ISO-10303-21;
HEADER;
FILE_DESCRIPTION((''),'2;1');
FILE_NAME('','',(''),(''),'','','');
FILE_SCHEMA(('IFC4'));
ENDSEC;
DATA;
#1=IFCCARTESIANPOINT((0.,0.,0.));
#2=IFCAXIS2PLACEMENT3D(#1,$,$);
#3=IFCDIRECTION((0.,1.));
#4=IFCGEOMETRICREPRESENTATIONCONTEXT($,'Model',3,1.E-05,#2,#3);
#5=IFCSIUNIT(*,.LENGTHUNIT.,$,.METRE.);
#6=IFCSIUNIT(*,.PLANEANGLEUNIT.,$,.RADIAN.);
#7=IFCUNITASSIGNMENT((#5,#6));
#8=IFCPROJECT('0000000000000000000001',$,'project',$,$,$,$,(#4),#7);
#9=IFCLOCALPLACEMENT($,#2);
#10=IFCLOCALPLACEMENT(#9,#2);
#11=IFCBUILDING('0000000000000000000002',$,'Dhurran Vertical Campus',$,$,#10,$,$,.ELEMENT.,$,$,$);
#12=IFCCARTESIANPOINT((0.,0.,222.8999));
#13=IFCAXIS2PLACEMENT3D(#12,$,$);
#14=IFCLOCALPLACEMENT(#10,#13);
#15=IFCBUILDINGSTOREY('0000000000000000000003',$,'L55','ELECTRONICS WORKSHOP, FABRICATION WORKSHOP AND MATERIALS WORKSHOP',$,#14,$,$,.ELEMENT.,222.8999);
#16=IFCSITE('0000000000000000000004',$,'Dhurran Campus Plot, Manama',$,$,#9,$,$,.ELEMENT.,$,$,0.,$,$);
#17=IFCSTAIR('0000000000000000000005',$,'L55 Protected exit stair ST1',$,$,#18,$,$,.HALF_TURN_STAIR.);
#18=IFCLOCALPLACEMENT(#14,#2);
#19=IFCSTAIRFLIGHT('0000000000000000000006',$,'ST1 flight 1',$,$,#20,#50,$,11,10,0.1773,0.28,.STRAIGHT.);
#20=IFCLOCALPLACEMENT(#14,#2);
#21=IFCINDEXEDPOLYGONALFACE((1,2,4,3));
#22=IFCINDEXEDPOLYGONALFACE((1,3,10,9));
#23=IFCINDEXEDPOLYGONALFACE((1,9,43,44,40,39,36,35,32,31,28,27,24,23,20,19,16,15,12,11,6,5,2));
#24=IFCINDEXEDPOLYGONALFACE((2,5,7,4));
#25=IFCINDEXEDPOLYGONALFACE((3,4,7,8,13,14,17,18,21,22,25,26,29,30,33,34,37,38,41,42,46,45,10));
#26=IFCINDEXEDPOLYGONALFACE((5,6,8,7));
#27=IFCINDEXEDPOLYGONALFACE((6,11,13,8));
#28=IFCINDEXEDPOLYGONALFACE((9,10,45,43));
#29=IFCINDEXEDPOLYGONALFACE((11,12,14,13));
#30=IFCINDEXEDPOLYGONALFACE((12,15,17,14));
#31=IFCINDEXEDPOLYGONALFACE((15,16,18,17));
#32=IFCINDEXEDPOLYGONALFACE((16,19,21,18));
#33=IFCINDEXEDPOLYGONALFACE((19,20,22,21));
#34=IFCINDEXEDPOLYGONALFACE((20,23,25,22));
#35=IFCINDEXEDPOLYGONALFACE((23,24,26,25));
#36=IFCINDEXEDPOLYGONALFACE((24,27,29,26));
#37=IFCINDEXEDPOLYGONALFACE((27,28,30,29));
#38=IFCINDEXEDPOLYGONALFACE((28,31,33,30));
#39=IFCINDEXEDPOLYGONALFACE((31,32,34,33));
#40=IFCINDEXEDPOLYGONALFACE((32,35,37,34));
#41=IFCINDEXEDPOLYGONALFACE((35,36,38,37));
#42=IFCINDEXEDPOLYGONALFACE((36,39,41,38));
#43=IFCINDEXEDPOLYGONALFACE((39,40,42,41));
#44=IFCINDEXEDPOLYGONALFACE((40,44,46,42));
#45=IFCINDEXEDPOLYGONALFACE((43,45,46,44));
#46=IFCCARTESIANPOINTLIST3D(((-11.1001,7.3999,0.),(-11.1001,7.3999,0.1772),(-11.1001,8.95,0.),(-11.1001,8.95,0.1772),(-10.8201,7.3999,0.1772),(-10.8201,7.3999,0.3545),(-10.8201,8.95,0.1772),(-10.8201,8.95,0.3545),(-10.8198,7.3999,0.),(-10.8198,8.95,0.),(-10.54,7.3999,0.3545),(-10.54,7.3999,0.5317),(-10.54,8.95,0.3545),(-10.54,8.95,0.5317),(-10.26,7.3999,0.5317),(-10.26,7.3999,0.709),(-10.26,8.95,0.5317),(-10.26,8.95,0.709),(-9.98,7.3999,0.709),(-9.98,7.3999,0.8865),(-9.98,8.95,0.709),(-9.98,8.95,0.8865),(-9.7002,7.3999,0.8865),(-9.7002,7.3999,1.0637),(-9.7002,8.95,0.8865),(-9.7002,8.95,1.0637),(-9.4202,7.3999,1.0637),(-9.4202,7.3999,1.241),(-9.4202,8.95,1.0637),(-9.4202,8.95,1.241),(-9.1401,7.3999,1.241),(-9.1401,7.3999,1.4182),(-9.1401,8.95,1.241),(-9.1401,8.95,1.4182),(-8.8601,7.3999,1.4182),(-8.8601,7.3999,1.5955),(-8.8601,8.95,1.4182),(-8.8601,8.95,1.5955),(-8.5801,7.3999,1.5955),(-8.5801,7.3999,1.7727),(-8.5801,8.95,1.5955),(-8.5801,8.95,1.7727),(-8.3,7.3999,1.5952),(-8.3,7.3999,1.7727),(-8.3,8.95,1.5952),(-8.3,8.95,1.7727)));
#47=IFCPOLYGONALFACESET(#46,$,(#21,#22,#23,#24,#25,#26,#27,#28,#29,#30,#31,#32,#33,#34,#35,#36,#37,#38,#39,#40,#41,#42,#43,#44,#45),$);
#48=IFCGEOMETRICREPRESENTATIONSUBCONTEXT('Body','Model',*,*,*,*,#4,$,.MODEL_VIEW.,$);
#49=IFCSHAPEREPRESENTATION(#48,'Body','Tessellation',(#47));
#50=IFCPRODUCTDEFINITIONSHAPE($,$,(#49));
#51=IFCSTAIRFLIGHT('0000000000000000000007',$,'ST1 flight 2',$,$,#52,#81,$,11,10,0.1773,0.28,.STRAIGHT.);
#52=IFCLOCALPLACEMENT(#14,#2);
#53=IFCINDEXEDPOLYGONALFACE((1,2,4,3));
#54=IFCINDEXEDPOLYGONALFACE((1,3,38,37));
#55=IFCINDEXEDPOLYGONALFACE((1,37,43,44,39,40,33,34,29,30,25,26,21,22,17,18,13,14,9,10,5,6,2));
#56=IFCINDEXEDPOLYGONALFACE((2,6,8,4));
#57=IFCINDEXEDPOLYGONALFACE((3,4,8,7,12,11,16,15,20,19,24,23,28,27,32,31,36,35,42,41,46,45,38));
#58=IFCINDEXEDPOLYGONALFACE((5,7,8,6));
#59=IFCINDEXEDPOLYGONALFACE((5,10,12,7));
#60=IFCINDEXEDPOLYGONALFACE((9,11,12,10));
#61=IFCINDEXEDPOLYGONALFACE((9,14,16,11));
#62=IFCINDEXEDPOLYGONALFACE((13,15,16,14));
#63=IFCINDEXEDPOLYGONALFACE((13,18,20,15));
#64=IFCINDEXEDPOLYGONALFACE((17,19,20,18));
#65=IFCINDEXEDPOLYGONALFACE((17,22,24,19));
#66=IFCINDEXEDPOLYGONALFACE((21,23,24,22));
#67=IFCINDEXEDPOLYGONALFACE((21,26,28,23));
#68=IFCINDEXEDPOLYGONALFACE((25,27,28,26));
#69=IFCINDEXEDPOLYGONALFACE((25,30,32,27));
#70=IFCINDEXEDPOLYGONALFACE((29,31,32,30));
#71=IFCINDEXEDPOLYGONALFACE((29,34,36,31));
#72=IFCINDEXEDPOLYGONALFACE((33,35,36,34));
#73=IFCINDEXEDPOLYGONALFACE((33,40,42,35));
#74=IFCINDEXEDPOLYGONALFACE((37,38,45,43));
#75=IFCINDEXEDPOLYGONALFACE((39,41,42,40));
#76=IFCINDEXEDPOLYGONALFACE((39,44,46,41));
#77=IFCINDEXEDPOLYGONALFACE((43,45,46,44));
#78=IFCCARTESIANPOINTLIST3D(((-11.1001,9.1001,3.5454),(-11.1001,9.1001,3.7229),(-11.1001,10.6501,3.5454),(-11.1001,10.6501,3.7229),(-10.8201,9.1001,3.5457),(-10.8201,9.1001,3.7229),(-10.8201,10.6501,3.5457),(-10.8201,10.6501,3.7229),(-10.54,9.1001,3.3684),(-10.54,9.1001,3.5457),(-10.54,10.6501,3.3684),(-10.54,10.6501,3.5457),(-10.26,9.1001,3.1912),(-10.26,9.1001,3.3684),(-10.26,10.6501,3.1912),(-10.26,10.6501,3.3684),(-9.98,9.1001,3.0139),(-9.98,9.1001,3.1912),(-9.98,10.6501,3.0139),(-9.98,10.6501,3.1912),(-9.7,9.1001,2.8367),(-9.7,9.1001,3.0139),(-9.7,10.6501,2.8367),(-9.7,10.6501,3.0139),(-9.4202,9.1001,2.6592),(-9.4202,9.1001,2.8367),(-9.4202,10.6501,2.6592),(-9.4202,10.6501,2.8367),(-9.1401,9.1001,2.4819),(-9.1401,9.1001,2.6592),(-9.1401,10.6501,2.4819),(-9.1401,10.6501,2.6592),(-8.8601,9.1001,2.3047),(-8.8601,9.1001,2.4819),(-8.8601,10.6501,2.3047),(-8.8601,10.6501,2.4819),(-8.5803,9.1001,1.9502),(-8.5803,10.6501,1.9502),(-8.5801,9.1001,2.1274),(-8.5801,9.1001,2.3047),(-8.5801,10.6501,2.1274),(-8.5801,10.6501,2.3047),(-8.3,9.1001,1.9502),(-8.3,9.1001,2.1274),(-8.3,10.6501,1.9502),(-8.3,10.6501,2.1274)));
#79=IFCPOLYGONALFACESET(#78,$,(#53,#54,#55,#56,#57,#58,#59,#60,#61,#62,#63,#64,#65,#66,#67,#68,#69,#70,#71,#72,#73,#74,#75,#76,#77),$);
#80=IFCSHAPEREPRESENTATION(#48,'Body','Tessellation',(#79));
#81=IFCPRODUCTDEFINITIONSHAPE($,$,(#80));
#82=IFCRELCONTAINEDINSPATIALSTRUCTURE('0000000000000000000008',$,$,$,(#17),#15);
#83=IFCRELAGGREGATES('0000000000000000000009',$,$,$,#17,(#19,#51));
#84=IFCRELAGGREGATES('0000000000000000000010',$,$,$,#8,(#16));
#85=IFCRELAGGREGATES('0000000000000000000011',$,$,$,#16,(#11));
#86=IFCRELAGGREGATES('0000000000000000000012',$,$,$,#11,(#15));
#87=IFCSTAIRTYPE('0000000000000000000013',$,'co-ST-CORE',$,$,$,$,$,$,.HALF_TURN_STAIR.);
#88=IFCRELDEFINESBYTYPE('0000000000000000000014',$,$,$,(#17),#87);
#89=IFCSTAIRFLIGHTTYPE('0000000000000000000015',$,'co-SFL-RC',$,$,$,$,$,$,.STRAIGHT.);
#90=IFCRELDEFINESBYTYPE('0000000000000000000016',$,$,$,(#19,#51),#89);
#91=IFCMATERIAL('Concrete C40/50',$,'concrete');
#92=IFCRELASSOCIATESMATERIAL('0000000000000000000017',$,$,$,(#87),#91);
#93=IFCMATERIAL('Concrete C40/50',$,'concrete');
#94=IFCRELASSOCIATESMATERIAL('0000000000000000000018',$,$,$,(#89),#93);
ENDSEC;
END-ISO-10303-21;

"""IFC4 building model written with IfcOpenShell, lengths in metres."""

from ifc_helpers import new_model, si_unit, direction, frame, origin, place, context, subcontext, project, spatial, polyline, outline, extrude, material, type_object, element, aggregate, save


model = new_model("IFC4")

# Units and contexts
model_context = context("Model", 3, precision=1e-05, world=origin(), true_north=direction((0.0, 1.0)))
body_context = subcontext(model_context, "Body", "Model", "MODEL_VIEW")
ifc_project = project(units=[si_unit("LENGTHUNIT", "METRE"), si_unit("PLANEANGLEUNIT", "RADIAN")], contexts=[model_context])

# Site, building, storey
site_placement = place(None, origin())
site = spatial("IfcSite", under=ifc_project, at=site_placement, Name="Dhurran Campus Plot, Manama", CompositionType="ELEMENT", RefElevation=0.0)
building_placement = place(site_placement, origin())
building = spatial("IfcBuilding", under=site, at=building_placement, Name="Dhurran Vertical Campus", CompositionType="ELEMENT")
storey_placement = place(building_placement, frame((0.0, 0.0, 222.8999)))
storey = spatial("IfcBuildingStorey", under=building, at=storey_placement, Name="L55", Description="ELECTRONICS WORKSHOP, FABRICATION WORKSHOP AND MATERIALS WORKSHOP", CompositionType="ELEMENT", Elevation=222.8999)

# Stair, stair flights
ifc_material_1 = material(Name="Concrete C40/50", Category="concrete")
stair_type = type_object("IfcStairType", Name="co-ST-CORE", PredefinedType="HALF_TURN_STAIR", material=ifc_material_1)
stair_placement = place(storey_placement, origin())
stair = element("IfcStair", 1, at=stair_placement, inside=storey, type_object=stair_type, Name="L55 Protected exit stair ST1", PredefinedType="HALF_TURN_STAIR")
ifc_material_2 = material(Name="Concrete C40/50", Category="concrete")
stair_flight_type = type_object("IfcStairFlightType", Name="co-SFL-RC", PredefinedType="STRAIGHT", material=ifc_material_2)
stair_flight_1_placement = place(storey_placement, frame((-11.1001, 8.175, 0.0), z_axis=(0.0, 0.0, 1.0), x_axis=(1.0, 0.0, 0.0)))
stair_flight_1 = element("IfcStairFlight", 2, at=stair_flight_1_placement, type_object=stair_flight_type, Name="ST1 flight 1", NumberOfRisers=11, NumberOfTreads=10, PredefinedType="STRAIGHT", RiserHeight=0.1773, TreadLength=0.28, context=body_context, shape_type="SweptSolid", body=[
    extrude(outline(polyline([(0.0, 0.0), (0.0, 0.1772), (0.28, 0.1772), (0.28, 0.3545), (0.5601, 0.3545), (0.5601, 0.5317), (0.8401, 0.5317), (0.8401, 0.709), (1.1201, 0.709), (1.1201, 0.8865), (1.3999, 0.8865), (1.3999, 1.0637), (1.6799, 1.0637), (1.6799, 1.241), (1.96, 1.241), (1.96, 1.4182), (2.24, 1.4182), (2.24, 1.5955), (2.52, 1.5955), (2.52, 1.7727), (2.8, 1.7727), (2.8, 1.95), (2.8, 1.5952), (0.2803, 0.0), (0.0, 0.0)])), frame((0.0, 0.7749, 0.0), z_axis=(0.0, -1.0, 0.0), x_axis=(1.0, 0.0, 0.0)), (0.0, 0.0, 1.0), 1.55),
])
stair_flight_2_placement = place(storey_placement, frame((-8.3, 9.875, 1.9502), z_axis=(0.0, 0.0, 1.0), x_axis=(-1.0, 0.0, 0.0)))
stair_flight_2 = element("IfcStairFlight", 3, at=stair_flight_2_placement, type_object=stair_flight_type, Name="ST1 flight 2", NumberOfRisers=11, NumberOfTreads=10, PredefinedType="STRAIGHT", RiserHeight=0.1773, TreadLength=0.28, context=body_context, shape_type="SweptSolid", body=[
    extrude(outline(polyline([(0.0, 0.0), (0.0, 0.1772), (0.28, 0.1772), (0.28, 0.3545), (0.5601, 0.3545), (0.5601, 0.5317), (0.8401, 0.5317), (0.8401, 0.709), (1.1201, 0.709), (1.1201, 0.8865), (1.3999, 0.8865), (1.3999, 1.0637), (1.6799, 1.0637), (1.6799, 1.241), (1.96, 1.241), (1.96, 1.4182), (2.24, 1.4182), (2.24, 1.5955), (2.52, 1.5955), (2.52, 1.7727), (2.8, 1.7727), (2.8, 1.95), (2.8, 1.5952), (0.2803, 0.0), (0.0, 0.0)])), frame((0.0, 0.7749, 0.0), z_axis=(0.0, -1.0, 0.0), x_axis=(1.0, 0.0, 0.0)), (0.0, 0.0, 1.0), 1.55),
])
aggregate(stair, [stair_flight_1, stair_flight_2])

save(model, "model.ifc")
